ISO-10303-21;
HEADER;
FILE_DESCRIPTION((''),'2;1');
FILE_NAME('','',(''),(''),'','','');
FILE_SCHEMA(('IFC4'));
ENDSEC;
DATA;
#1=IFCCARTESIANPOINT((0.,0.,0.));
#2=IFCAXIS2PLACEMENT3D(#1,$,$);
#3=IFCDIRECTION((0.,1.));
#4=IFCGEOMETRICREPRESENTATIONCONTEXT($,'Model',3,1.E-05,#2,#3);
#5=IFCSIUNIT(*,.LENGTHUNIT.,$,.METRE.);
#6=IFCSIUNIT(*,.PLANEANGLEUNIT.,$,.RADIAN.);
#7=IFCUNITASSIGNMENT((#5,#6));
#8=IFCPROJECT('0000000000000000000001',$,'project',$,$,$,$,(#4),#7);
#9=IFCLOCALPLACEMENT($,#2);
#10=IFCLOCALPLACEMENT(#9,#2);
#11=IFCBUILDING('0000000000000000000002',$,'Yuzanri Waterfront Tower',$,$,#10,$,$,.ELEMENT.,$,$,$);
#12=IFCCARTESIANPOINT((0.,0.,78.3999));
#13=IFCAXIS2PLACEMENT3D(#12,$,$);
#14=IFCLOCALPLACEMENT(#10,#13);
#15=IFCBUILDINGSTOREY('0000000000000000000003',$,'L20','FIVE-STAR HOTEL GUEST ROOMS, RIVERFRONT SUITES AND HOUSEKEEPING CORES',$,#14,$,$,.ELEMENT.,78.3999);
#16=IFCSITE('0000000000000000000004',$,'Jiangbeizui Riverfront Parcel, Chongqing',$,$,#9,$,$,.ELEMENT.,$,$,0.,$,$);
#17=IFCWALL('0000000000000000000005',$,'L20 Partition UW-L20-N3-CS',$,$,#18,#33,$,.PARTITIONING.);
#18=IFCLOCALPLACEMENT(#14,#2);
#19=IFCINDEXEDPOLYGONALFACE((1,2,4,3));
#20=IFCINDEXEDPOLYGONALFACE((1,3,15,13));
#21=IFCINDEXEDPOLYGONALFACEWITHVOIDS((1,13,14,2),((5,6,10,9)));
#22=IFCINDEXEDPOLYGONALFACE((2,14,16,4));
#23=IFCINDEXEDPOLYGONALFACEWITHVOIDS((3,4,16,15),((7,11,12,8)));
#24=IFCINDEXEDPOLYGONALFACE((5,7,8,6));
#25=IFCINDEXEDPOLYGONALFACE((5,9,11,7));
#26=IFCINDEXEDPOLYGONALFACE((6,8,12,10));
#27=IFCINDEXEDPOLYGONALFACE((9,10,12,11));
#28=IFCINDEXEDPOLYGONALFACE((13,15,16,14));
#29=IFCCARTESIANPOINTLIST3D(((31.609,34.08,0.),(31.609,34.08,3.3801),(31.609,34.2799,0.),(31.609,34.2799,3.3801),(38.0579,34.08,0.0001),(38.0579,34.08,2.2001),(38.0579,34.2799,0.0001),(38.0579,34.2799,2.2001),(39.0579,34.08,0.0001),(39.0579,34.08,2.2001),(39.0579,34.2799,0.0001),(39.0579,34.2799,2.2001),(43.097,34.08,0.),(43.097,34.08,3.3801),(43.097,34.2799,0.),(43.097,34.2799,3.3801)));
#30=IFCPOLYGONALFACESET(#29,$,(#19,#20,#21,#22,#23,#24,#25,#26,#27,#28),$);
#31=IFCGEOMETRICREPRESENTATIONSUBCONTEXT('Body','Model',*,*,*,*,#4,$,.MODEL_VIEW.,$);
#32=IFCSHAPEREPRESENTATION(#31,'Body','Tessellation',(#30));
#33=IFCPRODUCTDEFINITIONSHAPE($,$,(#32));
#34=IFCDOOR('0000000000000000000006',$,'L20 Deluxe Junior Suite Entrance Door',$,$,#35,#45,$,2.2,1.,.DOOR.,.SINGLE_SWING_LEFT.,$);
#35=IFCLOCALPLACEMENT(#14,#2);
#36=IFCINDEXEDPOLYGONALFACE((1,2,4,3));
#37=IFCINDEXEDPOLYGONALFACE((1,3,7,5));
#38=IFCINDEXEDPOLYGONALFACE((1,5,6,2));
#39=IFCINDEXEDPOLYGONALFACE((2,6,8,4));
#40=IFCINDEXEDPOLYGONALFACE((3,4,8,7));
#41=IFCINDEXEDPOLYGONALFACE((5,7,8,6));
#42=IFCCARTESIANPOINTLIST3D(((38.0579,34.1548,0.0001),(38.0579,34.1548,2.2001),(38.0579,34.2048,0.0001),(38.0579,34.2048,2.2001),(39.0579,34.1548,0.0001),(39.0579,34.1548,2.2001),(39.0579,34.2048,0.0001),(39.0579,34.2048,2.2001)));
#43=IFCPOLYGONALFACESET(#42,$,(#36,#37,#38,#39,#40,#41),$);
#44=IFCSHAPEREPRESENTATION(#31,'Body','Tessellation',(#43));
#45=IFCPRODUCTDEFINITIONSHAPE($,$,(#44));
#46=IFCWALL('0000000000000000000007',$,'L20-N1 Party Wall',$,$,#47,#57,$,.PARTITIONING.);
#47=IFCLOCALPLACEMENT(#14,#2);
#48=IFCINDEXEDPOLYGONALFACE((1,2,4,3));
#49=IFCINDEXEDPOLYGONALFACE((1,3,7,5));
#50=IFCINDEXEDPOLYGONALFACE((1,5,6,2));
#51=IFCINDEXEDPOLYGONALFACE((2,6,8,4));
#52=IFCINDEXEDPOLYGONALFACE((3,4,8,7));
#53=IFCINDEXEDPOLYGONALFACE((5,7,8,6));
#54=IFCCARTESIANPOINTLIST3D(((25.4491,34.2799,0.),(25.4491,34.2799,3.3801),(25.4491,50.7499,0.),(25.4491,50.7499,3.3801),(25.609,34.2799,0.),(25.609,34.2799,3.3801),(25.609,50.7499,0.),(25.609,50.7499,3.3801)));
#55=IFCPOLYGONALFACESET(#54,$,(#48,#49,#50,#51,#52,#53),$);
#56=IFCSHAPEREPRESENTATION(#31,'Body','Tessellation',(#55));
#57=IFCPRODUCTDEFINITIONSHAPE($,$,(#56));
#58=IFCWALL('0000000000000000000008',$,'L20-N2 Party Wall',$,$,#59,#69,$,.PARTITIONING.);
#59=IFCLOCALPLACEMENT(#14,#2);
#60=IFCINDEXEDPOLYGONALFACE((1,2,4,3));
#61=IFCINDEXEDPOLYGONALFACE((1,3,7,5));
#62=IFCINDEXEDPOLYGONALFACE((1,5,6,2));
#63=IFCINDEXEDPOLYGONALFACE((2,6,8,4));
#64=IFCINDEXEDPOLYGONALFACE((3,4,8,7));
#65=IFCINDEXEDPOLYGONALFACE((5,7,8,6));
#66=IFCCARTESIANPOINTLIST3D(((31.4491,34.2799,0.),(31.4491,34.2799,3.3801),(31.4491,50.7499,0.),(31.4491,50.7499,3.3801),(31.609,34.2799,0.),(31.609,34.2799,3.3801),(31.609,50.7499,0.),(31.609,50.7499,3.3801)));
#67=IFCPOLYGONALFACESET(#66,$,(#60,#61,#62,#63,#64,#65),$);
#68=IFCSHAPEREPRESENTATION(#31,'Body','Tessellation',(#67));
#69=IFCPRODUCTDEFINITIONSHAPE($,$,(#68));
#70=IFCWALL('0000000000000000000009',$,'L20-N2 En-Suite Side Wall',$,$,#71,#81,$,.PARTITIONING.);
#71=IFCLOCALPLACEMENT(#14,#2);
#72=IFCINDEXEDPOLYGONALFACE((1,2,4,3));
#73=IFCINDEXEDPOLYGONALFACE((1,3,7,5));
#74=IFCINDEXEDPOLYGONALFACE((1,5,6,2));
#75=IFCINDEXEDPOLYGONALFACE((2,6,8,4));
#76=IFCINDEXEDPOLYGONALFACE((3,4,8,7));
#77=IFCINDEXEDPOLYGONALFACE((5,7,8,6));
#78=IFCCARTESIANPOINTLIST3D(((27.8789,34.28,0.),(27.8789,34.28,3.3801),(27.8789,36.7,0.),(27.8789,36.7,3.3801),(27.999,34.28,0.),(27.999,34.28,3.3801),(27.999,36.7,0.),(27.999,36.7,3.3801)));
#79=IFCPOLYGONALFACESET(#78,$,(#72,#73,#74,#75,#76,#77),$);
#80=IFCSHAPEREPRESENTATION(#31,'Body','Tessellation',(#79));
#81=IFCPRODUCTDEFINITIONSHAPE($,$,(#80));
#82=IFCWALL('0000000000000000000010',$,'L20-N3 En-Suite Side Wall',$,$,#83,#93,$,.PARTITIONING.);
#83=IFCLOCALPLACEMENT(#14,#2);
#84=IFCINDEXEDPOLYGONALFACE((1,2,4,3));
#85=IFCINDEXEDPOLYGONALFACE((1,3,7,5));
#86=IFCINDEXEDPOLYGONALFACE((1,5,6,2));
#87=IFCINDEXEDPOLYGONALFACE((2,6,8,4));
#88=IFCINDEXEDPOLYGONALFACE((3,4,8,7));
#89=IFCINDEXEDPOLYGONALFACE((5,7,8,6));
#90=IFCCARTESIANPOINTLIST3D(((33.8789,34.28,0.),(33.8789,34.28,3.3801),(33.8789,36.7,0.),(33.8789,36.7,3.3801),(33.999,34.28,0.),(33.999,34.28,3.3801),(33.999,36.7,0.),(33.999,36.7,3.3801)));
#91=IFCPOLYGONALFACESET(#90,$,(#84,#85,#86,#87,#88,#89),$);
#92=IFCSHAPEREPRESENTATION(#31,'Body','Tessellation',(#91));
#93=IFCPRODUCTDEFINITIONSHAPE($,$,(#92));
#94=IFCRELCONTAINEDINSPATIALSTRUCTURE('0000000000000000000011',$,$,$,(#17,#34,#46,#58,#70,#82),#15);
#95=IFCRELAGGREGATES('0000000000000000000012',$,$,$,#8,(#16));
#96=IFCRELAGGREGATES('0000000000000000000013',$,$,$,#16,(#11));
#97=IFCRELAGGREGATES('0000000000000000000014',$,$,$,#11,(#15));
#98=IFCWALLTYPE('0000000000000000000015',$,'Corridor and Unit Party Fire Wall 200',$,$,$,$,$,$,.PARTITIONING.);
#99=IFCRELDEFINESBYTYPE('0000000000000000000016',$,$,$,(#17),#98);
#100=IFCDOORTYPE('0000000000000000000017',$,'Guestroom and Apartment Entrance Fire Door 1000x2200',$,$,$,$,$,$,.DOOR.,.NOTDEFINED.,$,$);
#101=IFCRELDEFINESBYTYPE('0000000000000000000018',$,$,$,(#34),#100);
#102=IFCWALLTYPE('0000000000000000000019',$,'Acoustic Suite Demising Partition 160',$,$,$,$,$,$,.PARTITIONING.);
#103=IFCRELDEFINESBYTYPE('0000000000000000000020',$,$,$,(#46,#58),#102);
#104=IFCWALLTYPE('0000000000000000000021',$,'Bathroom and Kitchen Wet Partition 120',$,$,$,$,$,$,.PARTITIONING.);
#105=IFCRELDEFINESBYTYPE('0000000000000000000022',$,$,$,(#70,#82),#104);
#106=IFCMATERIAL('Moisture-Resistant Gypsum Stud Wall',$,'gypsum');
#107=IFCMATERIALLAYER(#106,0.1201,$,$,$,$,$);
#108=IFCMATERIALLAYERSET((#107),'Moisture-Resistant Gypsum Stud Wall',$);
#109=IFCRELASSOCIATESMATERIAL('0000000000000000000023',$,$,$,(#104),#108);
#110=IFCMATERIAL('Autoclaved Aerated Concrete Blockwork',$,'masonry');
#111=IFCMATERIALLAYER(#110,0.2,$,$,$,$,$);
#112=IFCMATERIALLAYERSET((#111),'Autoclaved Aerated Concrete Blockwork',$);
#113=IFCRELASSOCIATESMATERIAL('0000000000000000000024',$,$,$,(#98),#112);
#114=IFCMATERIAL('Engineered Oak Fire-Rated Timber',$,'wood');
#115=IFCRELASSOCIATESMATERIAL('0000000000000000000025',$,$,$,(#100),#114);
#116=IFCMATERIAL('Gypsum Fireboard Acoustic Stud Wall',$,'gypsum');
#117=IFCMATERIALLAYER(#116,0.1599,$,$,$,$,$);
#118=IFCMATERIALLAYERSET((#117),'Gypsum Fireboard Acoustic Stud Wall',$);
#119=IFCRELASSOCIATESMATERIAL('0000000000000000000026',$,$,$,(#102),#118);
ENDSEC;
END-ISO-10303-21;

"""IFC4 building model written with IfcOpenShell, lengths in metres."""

from ifc_helpers import new_model, si_unit, direction, frame, frame_2d, origin, place, context, subcontext, project, spatial, rectangle, extrude, source, transform, mapped, material, layer, layer_set, type_object, element, fill, save


model = new_model("IFC4")

# Units and contexts
model_context = context("Model", 3, precision=1e-05, world=origin(), true_north=direction((0.0, 1.0)))
body_context = subcontext(model_context, "Body", "Model", "MODEL_VIEW")
ifc_project = project(units=[si_unit("LENGTHUNIT", "METRE"), si_unit("PLANEANGLEUNIT", "RADIAN")], contexts=[model_context])

# Site, building, storey
site_placement = place(None, origin())
site = spatial("IfcSite", under=ifc_project, at=site_placement, Name="Jiangbeizui Riverfront Parcel, Chongqing", CompositionType="ELEMENT", RefElevation=0.0)
building_placement = place(site_placement, origin())
building = spatial("IfcBuilding", under=site, at=building_placement, Name="Yuzanri Waterfront Tower", CompositionType="ELEMENT")
storey_placement = place(building_placement, frame((0.0, 0.0, 78.3999)))
storey = spatial("IfcBuildingStorey", under=building, at=storey_placement, Name="L20", Description="FIVE-STAR HOTEL GUEST ROOMS, RIVERFRONT SUITES AND HOUSEKEEPING CORES", CompositionType="ELEMENT", Elevation=78.3999)

# Wall, opening, door
ifc_material_1 = material(Name="Moisture-Resistant Gypsum Stud Wall", Category="gypsum")
ifc_layer_1 = layer(ifc_material_1, 0.1201)
ifc_layer_set_1 = layer_set([ifc_layer_1], Name="Moisture-Resistant Gypsum Stud Wall")
wall_type_1 = type_object("IfcWallType", Name="Bathroom and Kitchen Wet Partition 120", PredefinedType="PARTITIONING", material=ifc_layer_set_1)
ifc_material_2 = material(Name="Autoclaved Aerated Concrete Blockwork", Category="masonry")
ifc_layer_2 = layer(ifc_material_2, 0.2)
ifc_layer_set_2 = layer_set([ifc_layer_2], Name="Autoclaved Aerated Concrete Blockwork")
wall_type_2 = type_object("IfcWallType", Name="Corridor and Unit Party Fire Wall 200", PredefinedType="PARTITIONING", material=ifc_layer_set_2)
ifc_material_3 = material(Name="Engineered Oak Fire-Rated Timber", Category="wood")
door_type_1 = type_object("IfcDoorType", Name="Guestroom and Apartment Entrance Fire Door 1000x2200", OperationType="NOTDEFINED", PredefinedType="DOOR", material=ifc_material_3)
shared_shape_1 = source(origin(), body_context, "Body", "SweptSolid", [
    extrude(rectangle(XDim=1.0, YDim=2.2, at=frame_2d((0.5, 1.1001))), frame((0.0, 0.0249, 0.0), z_axis=(0.0, -1.0, 0.0), x_axis=(1.0, 0.0, 0.0)), (0.0, 0.0, 1.0), 0.05),
])
wall_1_placement = place(storey_placement, frame((31.6089, 34.1799, 0.0), z_axis=(0.0, 0.0, 1.0), x_axis=(1.0, 0.0, 0.0)))
wall_1 = element("IfcWall", 1, at=wall_1_placement, inside=storey, type_object=wall_type_2, Name="L20 Partition UW-L20-N3-CS", PredefinedType="PARTITIONING", context=body_context, shape_type="SweptSolid", body=[
    extrude(rectangle(XDim=11.488, YDim=0.2, at=frame_2d((5.7441, 0.0))), origin(), (0.0, 0.0, 1.0), 3.3801),
])
opening_1_placement = place(wall_1_placement, frame((6.449, 0.0, 0.0)))
opening_1 = element("IfcOpeningElement", 2, at=opening_1_placement, cuts=wall_1, PredefinedType="OPENING", context=body_context, shape_type="SweptSolid", body=[
    extrude(rectangle(XDim=1.0, YDim=2.2, at=frame_2d((0.5, 1.1001))), frame((0.0, 0.1147, 0.0), z_axis=(0.0, -1.0, 0.0), x_axis=(1.0, 0.0, 0.0)), (0.0, 0.0, 1.0), 0.2297),
])
door_1_placement = place(opening_1_placement, origin())
door_1 = element("IfcDoor", 3, at=door_1_placement, inside=storey, type_object=door_type_1, Name="L20 Deluxe Junior Suite Entrance Door", OperationType="SINGLE_SWING_LEFT", OverallHeight=2.2, OverallWidth=1.0, PredefinedType="DOOR", context=body_context, shape_type="MappedRepresentation", body=[
    mapped(shared_shape_1, transform((0.0, 0.0, 0.0), scale=1.0)),
])
fill(opening_1, door_1)

# Walls
ifc_material_4 = material(Name="Gypsum Fireboard Acoustic Stud Wall", Category="gypsum")
ifc_layer_3 = layer(ifc_material_4, 0.1599)
ifc_layer_set_3 = layer_set([ifc_layer_3], Name="Gypsum Fireboard Acoustic Stud Wall")
wall_type_3 = type_object("IfcWallType", Name="Acoustic Suite Demising Partition 160", PredefinedType="PARTITIONING", material=ifc_layer_set_3)
shared_shape_2 = source(origin(), body_context, "Body", "SweptSolid", [
    extrude(rectangle(XDim=16.47, YDim=0.1599, at=frame_2d((8.2349, 0.0))), origin(), (0.0, 0.0, 1.0), 3.3801),
])
for number, where, z_axis, x_axis, name in (
    (4, (25.5291, 34.28, 0.0), (0.0, 0.0, 1.0), (0.0, 1.0, 0.0), "L20-N1 Party Wall"),
    (5, (31.5291, 34.28, 0.0), (0.0, 0.0, 1.0), (0.0, 1.0, 0.0), "L20-N2 Party Wall"),
):
    element("IfcWall", number, at=place(storey_placement, frame(where, z_axis=z_axis, x_axis=x_axis)), inside=storey, type_object=wall_type_3, Name=name, PredefinedType="PARTITIONING", context=body_context, shape_type="MappedRepresentation", body=[
        mapped(shared_shape_2, transform((0.0, 0.0, 0.0), scale=1.0)),
    ])
shared_shape_3 = source(origin(), body_context, "Body", "SweptSolid", [
    extrude(rectangle(XDim=2.4199, YDim=0.1201, at=frame_2d((1.21, 0.0))), origin(), (0.0, 0.0, 1.0), 3.3801),
])
for number, where, z_axis, x_axis, name in (
    (6, (27.939, 34.28, 0.0), (0.0, 0.0, 1.0), (0.0, 1.0, 0.0), "L20-N2 En-Suite Side Wall"),
    (7, (33.939, 34.28, 0.0), (0.0, 0.0, 1.0), (0.0, 1.0, 0.0), "L20-N3 En-Suite Side Wall"),
):
    element("IfcWall", number, at=place(storey_placement, frame(where, z_axis=z_axis, x_axis=x_axis)), inside=storey, type_object=wall_type_1, Name=name, PredefinedType="PARTITIONING", context=body_context, shape_type="MappedRepresentation", body=[
        mapped(shared_shape_3, transform((0.0, 0.0, 0.0), scale=1.0)),
    ])

save(model, "model.ifc")
